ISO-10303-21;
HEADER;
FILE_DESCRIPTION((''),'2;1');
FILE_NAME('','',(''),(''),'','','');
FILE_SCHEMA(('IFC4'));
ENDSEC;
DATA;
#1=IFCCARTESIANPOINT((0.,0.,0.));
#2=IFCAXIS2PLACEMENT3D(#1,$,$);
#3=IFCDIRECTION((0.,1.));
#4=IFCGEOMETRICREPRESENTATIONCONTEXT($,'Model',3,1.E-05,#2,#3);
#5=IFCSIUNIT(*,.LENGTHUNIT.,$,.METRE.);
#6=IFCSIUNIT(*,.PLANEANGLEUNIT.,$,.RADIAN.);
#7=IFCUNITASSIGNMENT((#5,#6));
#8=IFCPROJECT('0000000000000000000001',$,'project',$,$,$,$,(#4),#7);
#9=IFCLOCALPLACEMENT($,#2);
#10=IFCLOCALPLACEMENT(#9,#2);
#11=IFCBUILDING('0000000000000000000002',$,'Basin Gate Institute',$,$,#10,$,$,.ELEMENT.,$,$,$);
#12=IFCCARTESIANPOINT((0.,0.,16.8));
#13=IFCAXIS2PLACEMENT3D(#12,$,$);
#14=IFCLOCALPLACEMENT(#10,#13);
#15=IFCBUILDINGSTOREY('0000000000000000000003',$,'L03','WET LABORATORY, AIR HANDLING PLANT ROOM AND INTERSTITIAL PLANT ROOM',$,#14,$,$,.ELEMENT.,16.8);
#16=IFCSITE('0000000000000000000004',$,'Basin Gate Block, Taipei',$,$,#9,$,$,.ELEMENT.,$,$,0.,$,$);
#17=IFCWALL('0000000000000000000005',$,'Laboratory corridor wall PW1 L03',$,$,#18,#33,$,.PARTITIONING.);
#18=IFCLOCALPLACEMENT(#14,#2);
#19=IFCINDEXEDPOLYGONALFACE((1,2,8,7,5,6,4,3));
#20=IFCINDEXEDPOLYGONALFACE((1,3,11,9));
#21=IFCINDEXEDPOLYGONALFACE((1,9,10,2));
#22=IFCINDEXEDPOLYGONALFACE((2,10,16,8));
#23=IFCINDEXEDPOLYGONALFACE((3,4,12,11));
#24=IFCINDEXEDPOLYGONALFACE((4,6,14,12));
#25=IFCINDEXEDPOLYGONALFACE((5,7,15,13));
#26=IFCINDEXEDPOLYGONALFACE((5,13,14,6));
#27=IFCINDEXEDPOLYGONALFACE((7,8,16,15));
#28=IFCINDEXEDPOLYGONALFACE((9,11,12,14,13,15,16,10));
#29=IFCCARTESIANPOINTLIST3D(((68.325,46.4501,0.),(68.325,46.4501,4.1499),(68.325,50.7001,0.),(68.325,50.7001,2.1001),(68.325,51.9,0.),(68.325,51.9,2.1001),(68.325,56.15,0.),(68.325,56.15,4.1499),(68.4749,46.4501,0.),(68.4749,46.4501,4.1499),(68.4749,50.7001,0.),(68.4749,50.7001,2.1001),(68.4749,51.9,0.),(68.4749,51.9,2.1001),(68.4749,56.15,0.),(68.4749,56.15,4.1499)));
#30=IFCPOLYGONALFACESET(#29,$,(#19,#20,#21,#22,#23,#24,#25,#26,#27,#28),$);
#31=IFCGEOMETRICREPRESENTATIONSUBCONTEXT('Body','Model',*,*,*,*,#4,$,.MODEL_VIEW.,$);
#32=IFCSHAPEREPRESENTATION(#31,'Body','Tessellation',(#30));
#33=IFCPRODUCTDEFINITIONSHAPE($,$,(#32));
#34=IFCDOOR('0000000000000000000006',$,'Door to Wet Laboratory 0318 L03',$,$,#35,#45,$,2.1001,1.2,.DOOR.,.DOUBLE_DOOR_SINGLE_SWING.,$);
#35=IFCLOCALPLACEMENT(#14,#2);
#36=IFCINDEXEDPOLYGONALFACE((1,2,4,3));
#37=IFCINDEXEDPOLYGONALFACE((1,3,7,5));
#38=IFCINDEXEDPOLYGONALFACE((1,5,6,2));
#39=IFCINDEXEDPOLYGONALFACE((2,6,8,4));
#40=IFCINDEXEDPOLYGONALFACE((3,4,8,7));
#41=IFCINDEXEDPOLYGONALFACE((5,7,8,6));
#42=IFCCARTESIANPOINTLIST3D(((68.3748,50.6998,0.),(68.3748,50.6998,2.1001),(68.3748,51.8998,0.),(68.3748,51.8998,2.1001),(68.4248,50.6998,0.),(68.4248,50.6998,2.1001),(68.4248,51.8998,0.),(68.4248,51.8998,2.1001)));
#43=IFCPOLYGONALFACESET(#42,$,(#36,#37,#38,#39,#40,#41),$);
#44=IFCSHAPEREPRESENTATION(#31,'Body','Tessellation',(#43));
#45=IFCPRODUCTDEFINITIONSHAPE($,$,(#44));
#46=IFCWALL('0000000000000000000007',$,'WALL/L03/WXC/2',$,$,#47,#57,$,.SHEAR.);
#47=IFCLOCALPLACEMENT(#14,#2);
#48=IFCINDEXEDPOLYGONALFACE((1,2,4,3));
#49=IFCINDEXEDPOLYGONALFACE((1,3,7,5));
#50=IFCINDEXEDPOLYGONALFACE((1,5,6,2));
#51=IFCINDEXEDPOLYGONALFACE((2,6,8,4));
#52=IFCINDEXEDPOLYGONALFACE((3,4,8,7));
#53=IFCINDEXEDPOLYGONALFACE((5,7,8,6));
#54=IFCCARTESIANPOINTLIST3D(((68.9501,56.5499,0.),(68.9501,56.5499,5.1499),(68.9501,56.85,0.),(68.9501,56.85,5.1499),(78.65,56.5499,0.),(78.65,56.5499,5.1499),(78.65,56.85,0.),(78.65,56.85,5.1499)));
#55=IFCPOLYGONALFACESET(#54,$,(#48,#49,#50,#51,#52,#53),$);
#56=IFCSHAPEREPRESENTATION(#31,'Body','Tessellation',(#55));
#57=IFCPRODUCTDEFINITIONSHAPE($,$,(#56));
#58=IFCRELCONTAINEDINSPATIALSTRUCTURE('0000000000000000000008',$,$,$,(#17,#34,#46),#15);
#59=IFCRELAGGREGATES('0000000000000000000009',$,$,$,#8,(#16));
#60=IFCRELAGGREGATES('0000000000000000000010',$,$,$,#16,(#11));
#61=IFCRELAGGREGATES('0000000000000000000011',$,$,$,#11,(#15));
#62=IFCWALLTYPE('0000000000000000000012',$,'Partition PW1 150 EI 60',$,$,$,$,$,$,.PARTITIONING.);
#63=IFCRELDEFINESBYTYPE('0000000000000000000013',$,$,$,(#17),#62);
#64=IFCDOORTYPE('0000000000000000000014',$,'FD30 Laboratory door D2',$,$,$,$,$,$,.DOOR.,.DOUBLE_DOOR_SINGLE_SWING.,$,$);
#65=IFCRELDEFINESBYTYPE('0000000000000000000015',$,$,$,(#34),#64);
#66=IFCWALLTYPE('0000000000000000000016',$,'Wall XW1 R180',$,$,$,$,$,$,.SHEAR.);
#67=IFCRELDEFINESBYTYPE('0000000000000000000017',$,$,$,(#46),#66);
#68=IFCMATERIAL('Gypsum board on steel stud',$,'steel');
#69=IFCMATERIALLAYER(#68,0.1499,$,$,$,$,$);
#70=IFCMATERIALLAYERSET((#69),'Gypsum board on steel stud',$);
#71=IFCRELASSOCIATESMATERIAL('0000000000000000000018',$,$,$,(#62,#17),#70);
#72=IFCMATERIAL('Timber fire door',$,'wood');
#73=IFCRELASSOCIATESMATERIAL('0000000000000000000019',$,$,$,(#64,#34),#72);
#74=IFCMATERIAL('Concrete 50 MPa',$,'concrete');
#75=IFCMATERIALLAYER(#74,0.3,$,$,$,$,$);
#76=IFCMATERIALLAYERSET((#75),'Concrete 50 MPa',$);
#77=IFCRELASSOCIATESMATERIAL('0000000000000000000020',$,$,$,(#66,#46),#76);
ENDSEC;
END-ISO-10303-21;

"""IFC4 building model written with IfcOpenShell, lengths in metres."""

from ifc_helpers import new_model, si_unit, direction, frame, frame_2d, origin, place, context, subcontext, project, spatial, rectangle, extrude, material, layer, layer_set, type_object, element, fill, save


model = new_model("IFC4")

# Units and contexts
model_context = context("Model", 3, precision=1e-05, world=origin(), true_north=direction((0.0, 1.0)))
body_context = subcontext(model_context, "Body", "Model", "MODEL_VIEW")
ifc_project = project(units=[si_unit("LENGTHUNIT", "METRE"), si_unit("PLANEANGLEUNIT", "RADIAN")], contexts=[model_context])

# Site, building, storey
site_placement = place(None, origin())
site = spatial("IfcSite", under=ifc_project, at=site_placement, Name="Basin Gate Block, Taipei", CompositionType="ELEMENT", RefElevation=0.0)
building_placement = place(site_placement, origin())
building = spatial("IfcBuilding", under=site, at=building_placement, Name="Basin Gate Institute", CompositionType="ELEMENT")
storey_placement = place(building_placement, frame((0.0, 0.0, 16.8)))
storey = spatial("IfcBuildingStorey", under=building, at=storey_placement, Name="L03", Description="WET LABORATORY, AIR HANDLING PLANT ROOM AND INTERSTITIAL PLANT ROOM", CompositionType="ELEMENT", Elevation=16.8)

# Wall, opening, door
ifc_material_1 = material(Name="Gypsum board on steel stud", Category="steel")
ifc_layer_1 = layer(ifc_material_1, 0.1499)
ifc_layer_set_1 = layer_set([ifc_layer_1], Name="Gypsum board on steel stud")
wall_type_1 = type_object("IfcWallType", Name="Partition PW1 150 EI 60", PredefinedType="PARTITIONING", material=ifc_layer_set_1)
wall_1_placement = place(storey_placement, frame((68.3999, 46.45, 0.0), z_axis=(0.0, 0.0, 1.0), x_axis=(0.0, 1.0, 0.0)))
wall_1 = element("IfcWall", 1, at=wall_1_placement, inside=storey, type_object=wall_type_1, material=ifc_layer_set_1, Name="Laboratory corridor wall PW1 L03", PredefinedType="PARTITIONING", context=body_context, shape_type="SweptSolid", body=[
    extrude(rectangle(XDim=9.7, YDim=0.1499, at=frame_2d((4.8501, 0.0))), origin(), (0.0, 0.0, 1.0), 4.1499),
])
opening_1_placement = place(wall_1_placement, frame((4.25, 0.0, 0.0)))
opening_1 = element("IfcOpeningElement", 2, at=opening_1_placement, cuts=wall_1, PredefinedType="OPENING", context=body_context, shape_type="SweptSolid", body=[
    extrude(rectangle(XDim=1.2, YDim=2.1001, at=frame_2d((0.6001, 1.05))), frame((0.0, 0.085, 0.0), z_axis=(0.0, -1.0, 0.0), x_axis=(1.0, 0.0, 0.0)), (0.0, 0.0, 1.0), 0.1699),
])
ifc_material_2 = material(Name="Timber fire door", Category="wood")
door_type_1 = type_object("IfcDoorType", Name="FD30 Laboratory door D2", OperationType="DOUBLE_DOOR_SINGLE_SWING", PredefinedType="DOOR", material=ifc_material_2)
door_1_placement = place(opening_1_placement, frame((1.2, 0.0, 0.0), z_axis=(0.0, 0.0, 1.0), x_axis=(-1.0, 0.0, 0.0)))
door_1 = element("IfcDoor", 3, at=door_1_placement, inside=storey, type_object=door_type_1, material=ifc_material_2, Name="Door to Wet Laboratory 0318 L03", OperationType="DOUBLE_DOOR_SINGLE_SWING", OverallHeight=2.1001, OverallWidth=1.2, PredefinedType="DOOR", context=body_context, shape_type="SweptSolid", body=[
    extrude(rectangle(XDim=1.2, YDim=2.1001, at=frame_2d((0.6001, 1.05))), frame((0.0, 0.0249, 0.0), z_axis=(0.0, -1.0, 0.0), x_axis=(1.0, 0.0, 0.0)), (0.0, 0.0, 1.0), 0.05),
])
fill(opening_1, door_1)

# Wall
ifc_material_3 = material(Name="Concrete 50 MPa", Category="concrete")
ifc_layer_2 = layer(ifc_material_3, 0.3)
ifc_layer_set_2 = layer_set([ifc_layer_2], Name="Concrete 50 MPa")
wall_type_2 = type_object("IfcWallType", Name="Wall XW1 R180", PredefinedType="SHEAR", material=ifc_layer_set_2)
wall_2_placement = place(storey_placement, frame((68.95, 56.7, 0.0), z_axis=(0.0, 0.0, 1.0), x_axis=(1.0, 0.0, 0.0)))
element("IfcWall", 4, at=wall_2_placement, inside=storey, type_object=wall_type_2, material=ifc_layer_set_2, Name="WALL/L03/WXC/2", PredefinedType="SHEAR", context=body_context, shape_type="SweptSolid", body=[
    extrude(rectangle(XDim=9.7, YDim=0.3, at=frame_2d((4.8501, 0.0))), origin(), (0.0, 0.0, 1.0), 5.1499),
])

save(model, "model.ifc")
